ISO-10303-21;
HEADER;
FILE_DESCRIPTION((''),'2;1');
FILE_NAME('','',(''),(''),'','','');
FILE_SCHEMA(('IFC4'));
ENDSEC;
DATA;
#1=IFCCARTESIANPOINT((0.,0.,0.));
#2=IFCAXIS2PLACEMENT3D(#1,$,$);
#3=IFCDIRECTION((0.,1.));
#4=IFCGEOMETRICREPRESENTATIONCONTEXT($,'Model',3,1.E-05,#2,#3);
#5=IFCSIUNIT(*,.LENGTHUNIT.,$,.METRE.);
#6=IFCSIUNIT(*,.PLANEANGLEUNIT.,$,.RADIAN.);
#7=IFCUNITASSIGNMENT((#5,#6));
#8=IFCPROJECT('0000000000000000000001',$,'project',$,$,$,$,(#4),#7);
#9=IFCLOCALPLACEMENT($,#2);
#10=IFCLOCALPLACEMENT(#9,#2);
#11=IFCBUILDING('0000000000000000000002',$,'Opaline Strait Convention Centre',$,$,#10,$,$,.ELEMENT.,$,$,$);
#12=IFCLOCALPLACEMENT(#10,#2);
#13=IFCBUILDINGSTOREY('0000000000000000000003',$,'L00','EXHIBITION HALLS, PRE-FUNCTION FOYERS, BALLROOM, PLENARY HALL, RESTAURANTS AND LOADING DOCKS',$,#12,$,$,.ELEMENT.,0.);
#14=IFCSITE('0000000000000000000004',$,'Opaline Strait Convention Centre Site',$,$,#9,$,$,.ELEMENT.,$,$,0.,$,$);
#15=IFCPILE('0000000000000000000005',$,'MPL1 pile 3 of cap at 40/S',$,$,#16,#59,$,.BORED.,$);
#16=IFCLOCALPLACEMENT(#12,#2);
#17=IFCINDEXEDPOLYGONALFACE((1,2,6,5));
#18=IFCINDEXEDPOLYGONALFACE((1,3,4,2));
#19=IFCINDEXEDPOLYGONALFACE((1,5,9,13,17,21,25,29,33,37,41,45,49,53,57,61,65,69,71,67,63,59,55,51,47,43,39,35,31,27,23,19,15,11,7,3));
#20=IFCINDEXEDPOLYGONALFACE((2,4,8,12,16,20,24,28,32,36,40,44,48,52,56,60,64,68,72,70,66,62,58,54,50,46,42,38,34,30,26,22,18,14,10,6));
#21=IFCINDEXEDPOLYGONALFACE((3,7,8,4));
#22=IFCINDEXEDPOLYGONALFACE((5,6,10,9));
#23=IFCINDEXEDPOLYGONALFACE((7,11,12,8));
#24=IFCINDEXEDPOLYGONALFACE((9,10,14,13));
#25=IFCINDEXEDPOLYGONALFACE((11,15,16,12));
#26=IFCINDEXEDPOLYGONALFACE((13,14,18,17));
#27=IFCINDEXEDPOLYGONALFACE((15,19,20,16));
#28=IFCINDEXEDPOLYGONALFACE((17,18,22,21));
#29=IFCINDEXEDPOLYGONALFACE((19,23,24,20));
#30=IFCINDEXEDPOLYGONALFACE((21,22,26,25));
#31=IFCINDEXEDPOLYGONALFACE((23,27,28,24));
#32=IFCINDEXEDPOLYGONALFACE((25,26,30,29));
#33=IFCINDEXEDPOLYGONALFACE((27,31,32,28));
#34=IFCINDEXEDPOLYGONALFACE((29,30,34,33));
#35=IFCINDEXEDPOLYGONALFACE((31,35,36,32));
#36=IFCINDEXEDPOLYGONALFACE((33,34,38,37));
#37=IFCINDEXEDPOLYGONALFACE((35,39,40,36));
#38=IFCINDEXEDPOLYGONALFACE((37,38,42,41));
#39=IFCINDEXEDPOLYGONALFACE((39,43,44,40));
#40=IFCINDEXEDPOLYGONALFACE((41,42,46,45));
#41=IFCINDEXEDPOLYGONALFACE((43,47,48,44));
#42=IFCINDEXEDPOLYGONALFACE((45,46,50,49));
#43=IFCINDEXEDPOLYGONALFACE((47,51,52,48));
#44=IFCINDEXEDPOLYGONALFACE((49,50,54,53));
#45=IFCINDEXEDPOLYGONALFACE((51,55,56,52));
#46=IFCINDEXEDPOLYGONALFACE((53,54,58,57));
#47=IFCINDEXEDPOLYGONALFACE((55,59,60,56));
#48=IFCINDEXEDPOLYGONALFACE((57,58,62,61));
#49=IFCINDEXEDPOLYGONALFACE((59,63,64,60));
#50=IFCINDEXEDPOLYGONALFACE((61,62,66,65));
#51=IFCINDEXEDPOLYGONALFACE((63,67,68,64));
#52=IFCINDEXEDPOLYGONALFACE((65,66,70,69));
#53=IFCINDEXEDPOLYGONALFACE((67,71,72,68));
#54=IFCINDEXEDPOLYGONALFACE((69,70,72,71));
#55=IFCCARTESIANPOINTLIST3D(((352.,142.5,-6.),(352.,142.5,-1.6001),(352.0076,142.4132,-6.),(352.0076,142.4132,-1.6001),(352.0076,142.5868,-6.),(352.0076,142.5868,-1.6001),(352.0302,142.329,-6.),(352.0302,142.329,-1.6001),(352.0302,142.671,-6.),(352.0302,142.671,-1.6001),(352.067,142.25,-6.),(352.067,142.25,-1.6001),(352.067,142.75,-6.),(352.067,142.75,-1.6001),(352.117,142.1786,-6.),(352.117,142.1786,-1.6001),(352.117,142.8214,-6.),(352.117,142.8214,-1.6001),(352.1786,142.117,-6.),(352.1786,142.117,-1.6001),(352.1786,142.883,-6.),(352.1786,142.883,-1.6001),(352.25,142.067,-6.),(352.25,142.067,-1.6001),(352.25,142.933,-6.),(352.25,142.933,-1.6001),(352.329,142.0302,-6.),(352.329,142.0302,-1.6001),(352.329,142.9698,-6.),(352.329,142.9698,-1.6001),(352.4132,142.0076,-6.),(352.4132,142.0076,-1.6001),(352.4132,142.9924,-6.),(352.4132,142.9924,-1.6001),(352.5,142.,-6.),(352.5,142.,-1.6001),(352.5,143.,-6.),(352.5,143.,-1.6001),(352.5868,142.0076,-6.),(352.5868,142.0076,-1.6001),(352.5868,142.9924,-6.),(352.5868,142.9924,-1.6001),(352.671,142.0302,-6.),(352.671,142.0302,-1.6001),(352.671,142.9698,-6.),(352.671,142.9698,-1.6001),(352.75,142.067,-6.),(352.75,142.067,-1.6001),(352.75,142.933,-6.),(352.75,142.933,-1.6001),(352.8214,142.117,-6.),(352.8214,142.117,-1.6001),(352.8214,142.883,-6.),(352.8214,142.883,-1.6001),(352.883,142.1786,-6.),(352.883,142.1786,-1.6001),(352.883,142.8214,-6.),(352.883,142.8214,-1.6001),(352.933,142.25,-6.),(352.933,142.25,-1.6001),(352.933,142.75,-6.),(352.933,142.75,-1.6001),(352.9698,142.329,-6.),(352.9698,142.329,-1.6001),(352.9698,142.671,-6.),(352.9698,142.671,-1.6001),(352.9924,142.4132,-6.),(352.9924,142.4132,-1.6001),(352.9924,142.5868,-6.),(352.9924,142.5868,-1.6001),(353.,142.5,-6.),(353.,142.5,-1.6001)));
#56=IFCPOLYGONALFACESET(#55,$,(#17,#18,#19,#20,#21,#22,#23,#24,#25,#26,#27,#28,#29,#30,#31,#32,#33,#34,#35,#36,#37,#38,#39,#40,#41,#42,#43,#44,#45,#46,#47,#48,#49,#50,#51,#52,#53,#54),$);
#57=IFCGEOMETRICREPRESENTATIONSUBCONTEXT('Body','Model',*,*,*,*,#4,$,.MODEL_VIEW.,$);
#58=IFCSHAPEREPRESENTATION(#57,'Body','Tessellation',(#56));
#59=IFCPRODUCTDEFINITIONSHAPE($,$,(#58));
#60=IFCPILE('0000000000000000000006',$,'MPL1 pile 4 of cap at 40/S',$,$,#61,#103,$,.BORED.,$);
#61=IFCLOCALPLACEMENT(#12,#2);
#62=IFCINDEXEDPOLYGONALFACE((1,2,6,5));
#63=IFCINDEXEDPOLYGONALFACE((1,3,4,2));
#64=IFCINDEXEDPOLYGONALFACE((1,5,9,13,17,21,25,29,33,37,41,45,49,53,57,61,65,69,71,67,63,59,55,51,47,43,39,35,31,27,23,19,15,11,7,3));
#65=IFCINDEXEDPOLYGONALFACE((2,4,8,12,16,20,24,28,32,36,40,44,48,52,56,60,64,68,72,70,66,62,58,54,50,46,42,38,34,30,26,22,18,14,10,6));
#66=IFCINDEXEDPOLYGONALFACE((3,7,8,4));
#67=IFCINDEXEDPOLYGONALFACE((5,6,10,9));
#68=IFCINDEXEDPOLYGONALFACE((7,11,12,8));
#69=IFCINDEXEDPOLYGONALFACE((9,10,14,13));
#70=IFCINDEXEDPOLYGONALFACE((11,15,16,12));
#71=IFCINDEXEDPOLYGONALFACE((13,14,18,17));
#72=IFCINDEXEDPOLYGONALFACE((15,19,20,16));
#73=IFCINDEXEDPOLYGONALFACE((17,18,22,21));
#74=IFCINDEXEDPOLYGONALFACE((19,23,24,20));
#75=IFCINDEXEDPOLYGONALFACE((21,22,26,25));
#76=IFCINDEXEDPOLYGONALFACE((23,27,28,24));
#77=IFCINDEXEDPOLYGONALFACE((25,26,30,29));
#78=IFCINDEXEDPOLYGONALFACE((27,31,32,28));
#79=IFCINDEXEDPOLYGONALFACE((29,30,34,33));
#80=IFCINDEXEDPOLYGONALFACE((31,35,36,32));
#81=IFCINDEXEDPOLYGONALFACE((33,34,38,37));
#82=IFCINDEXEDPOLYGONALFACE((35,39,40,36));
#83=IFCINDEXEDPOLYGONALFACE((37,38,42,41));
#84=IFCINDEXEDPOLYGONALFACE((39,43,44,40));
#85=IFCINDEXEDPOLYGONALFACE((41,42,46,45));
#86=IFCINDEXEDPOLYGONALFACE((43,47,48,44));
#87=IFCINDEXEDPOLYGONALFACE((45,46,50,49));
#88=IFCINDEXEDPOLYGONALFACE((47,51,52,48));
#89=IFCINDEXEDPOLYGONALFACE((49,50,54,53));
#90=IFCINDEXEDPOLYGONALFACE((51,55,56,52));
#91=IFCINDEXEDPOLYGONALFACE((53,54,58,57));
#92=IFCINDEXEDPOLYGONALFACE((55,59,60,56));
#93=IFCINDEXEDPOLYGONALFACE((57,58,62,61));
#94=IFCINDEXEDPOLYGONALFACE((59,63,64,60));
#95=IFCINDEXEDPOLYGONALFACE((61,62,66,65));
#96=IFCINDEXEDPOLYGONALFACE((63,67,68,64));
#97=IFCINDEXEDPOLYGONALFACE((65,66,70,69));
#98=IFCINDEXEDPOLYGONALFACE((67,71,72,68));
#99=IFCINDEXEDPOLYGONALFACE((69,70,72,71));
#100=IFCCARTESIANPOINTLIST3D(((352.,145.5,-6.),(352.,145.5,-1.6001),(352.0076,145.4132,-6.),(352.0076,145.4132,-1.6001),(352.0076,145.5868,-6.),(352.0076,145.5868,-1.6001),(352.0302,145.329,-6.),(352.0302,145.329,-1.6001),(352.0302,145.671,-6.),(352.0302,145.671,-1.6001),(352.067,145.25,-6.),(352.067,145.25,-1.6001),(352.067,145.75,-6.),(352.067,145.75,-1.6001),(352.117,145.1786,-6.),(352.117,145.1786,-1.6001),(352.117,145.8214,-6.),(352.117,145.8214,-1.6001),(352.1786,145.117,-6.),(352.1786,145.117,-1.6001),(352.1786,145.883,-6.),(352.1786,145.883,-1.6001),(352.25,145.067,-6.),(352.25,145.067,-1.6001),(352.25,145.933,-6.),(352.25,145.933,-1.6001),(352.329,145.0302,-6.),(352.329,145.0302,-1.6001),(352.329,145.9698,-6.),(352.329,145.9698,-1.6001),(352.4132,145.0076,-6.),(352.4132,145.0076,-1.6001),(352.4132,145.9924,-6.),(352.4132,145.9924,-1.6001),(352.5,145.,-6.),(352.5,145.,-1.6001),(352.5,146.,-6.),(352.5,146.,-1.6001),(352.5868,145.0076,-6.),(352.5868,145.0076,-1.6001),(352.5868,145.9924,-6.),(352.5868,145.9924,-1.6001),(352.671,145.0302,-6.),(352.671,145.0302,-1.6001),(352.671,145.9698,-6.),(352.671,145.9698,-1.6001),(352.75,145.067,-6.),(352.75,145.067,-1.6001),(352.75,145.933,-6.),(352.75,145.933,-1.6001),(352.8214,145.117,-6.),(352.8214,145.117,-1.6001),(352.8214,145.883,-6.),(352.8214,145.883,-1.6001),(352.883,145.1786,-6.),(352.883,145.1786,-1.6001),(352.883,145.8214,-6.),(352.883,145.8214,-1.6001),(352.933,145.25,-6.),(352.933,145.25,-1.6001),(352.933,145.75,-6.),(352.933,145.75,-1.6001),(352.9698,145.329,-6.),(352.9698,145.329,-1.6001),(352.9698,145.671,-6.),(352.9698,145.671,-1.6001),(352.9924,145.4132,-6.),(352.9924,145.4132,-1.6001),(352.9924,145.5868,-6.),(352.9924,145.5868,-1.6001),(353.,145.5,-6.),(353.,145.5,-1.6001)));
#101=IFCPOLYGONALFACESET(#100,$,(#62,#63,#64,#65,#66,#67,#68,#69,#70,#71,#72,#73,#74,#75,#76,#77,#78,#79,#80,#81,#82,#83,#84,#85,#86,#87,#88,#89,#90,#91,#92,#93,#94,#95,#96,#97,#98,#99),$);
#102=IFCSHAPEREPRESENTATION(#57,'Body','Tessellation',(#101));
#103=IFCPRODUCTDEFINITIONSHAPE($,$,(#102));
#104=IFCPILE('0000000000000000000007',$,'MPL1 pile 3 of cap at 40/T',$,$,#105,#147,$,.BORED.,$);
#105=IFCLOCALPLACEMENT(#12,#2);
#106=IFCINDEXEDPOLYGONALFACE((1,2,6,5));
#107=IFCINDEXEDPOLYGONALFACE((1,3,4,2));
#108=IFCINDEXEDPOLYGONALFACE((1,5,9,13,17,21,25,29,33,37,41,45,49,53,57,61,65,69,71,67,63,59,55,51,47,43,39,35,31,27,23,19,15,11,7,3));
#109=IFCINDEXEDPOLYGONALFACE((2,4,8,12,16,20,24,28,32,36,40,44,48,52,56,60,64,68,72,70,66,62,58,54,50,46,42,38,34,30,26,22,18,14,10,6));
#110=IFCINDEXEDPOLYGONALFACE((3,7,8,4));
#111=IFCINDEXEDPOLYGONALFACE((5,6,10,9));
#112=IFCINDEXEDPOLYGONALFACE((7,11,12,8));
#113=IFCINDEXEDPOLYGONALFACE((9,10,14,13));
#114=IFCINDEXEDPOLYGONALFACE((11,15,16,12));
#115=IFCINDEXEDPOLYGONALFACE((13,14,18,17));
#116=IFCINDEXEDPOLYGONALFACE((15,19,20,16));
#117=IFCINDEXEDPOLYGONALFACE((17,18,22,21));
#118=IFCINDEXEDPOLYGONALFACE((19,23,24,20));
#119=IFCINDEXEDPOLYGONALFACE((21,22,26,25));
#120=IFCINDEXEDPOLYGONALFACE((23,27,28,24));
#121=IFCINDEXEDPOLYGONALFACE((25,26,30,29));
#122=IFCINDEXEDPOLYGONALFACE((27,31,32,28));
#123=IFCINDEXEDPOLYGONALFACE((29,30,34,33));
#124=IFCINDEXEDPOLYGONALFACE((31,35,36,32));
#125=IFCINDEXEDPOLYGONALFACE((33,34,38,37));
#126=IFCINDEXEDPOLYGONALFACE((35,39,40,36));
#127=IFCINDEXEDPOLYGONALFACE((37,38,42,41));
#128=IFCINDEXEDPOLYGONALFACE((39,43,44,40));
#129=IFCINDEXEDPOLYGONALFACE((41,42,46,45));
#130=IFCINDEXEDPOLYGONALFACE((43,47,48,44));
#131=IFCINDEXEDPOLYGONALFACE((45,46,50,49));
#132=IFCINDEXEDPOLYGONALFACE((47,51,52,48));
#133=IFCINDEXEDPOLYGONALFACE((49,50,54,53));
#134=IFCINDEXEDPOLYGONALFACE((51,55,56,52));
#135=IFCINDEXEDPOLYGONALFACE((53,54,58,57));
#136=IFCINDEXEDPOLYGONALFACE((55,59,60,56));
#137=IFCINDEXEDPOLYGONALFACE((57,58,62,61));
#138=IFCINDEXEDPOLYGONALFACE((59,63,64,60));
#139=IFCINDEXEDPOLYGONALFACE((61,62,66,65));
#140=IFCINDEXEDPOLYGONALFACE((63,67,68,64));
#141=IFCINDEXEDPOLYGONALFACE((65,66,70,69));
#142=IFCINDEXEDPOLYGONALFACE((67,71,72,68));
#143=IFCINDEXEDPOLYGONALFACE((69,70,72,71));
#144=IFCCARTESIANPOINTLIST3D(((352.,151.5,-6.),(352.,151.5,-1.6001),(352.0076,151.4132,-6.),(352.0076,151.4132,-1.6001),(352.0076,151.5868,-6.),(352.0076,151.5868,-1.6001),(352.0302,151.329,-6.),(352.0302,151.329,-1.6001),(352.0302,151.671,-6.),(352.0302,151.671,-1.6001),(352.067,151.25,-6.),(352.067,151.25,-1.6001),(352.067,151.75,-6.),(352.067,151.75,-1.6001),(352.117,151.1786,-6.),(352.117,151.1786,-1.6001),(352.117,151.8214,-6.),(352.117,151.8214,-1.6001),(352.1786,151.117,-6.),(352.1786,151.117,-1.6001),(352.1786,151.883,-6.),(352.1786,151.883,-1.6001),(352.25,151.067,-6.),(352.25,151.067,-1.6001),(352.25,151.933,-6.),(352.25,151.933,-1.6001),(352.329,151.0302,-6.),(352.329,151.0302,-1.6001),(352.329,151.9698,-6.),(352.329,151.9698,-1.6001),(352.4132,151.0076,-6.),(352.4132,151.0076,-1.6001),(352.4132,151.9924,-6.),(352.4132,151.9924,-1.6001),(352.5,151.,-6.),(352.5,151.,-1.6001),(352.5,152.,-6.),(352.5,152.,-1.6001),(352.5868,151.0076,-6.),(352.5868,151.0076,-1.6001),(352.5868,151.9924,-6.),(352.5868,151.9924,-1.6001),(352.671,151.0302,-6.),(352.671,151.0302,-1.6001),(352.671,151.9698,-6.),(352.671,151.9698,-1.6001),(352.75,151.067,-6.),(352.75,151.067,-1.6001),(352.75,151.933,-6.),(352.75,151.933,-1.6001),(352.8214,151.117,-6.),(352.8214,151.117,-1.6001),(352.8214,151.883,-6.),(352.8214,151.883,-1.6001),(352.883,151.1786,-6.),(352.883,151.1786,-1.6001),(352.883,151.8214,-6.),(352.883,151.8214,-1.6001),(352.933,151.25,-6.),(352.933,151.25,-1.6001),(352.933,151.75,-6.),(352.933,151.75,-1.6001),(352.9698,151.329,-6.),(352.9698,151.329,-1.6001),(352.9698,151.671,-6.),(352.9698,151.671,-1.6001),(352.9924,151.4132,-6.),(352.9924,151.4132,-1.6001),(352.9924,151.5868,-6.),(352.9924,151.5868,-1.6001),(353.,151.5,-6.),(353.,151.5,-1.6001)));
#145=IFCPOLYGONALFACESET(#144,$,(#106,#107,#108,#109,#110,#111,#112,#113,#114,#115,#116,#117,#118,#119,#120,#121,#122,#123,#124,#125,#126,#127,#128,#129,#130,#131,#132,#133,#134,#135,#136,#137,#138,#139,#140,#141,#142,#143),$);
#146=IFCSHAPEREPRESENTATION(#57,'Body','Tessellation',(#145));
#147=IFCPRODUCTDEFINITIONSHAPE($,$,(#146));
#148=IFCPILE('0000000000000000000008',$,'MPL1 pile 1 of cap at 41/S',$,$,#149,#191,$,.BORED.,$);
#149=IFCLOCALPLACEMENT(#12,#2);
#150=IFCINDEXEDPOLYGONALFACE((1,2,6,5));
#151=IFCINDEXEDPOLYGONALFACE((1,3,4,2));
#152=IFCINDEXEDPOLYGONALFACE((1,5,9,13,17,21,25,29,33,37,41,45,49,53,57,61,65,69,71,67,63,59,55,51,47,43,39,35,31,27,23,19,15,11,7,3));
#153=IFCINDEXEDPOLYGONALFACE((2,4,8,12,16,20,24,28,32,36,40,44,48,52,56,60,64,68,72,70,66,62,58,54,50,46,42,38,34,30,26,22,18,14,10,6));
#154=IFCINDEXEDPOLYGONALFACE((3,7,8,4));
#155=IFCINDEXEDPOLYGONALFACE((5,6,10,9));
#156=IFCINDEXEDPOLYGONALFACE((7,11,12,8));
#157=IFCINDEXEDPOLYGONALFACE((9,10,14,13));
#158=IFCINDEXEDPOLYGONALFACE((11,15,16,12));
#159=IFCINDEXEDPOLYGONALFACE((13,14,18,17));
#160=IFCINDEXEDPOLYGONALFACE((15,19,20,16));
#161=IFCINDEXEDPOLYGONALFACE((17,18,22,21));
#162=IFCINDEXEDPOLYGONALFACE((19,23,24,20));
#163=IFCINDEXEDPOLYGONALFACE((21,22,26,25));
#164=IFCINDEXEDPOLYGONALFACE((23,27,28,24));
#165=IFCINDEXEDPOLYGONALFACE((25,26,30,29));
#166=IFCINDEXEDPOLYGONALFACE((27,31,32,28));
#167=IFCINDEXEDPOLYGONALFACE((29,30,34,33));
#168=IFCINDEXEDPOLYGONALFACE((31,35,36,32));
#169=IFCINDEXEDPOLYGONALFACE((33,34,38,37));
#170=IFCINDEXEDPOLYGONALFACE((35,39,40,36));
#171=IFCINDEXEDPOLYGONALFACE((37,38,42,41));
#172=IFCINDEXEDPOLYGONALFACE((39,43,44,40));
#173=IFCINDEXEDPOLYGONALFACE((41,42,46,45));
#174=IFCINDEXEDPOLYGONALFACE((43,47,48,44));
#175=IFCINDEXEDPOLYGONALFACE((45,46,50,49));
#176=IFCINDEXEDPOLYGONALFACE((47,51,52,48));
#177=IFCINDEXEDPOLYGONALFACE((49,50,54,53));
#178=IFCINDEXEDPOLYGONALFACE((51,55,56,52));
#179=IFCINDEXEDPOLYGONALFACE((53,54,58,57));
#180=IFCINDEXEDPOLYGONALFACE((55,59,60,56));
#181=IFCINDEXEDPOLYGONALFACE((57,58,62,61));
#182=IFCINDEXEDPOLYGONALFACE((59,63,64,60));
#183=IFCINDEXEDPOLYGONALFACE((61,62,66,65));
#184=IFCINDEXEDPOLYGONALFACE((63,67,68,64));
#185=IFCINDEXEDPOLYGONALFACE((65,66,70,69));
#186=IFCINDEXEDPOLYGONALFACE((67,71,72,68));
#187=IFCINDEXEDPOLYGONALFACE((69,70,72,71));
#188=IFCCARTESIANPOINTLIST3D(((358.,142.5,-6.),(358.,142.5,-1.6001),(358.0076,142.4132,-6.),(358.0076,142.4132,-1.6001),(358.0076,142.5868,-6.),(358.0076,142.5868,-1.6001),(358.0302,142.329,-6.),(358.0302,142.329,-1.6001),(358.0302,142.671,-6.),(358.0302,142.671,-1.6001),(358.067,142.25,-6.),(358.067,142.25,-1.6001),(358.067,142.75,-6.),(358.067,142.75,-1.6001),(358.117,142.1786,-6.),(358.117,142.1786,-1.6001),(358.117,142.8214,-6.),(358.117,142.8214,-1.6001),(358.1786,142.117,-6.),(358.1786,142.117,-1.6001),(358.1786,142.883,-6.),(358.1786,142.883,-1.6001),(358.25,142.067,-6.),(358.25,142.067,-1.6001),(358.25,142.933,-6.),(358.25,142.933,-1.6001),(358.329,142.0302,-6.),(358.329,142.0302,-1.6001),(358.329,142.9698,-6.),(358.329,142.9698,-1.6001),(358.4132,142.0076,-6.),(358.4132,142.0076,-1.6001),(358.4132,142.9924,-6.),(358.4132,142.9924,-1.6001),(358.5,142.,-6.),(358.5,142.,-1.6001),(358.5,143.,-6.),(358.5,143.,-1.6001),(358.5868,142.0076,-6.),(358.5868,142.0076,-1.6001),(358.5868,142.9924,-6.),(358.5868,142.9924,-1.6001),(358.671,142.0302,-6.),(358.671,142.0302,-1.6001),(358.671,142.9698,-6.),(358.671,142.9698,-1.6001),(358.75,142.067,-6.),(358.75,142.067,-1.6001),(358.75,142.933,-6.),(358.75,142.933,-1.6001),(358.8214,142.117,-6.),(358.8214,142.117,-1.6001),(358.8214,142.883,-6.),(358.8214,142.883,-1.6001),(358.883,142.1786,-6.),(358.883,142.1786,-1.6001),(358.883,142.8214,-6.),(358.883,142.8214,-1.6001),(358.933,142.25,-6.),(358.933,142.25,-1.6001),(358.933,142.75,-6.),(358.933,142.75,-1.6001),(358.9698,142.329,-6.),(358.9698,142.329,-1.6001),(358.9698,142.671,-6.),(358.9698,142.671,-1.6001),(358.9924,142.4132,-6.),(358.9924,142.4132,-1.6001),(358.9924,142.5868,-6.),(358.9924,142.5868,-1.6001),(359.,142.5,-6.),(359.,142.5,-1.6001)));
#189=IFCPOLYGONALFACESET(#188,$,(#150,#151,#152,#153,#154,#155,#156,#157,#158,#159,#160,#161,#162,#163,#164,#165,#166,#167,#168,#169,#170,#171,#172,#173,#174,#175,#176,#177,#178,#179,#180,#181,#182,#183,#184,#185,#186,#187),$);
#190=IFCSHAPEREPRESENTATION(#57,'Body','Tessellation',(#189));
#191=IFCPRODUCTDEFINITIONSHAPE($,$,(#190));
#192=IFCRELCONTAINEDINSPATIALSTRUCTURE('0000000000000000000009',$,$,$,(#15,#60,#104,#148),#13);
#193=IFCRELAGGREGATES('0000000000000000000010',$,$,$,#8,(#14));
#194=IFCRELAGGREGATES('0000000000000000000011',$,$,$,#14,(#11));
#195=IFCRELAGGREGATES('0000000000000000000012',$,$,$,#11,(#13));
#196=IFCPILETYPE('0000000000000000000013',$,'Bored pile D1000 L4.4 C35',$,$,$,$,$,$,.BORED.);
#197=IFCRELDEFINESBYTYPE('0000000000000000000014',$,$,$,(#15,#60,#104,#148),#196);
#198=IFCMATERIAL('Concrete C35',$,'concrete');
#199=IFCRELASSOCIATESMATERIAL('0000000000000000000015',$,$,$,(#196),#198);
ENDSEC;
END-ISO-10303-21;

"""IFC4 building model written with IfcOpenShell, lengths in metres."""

from ifc_helpers import new_model, si_unit, direction, frame, origin, origin_2d, place, context, subcontext, project, spatial, circle, extrude, material, material_profile, profile_set, type_object, element, save


model = new_model("IFC4")

# Units and contexts
model_context = context("Model", 3, precision=1e-05, world=origin(), true_north=direction((0.0, 1.0)))
body_context = subcontext(model_context, "Body", "Model", "MODEL_VIEW")
ifc_project = project(units=[si_unit("LENGTHUNIT", "METRE"), si_unit("PLANEANGLEUNIT", "RADIAN")], contexts=[model_context])

# Site, building, storey
site_placement = place(None, origin())
site = spatial("IfcSite", under=ifc_project, at=site_placement, Name="Opaline Strait Convention Centre Site", CompositionType="ELEMENT", RefElevation=0.0)
building_placement = place(site_placement, origin())
building = spatial("IfcBuilding", under=site, at=building_placement, Name="Opaline Strait Convention Centre", CompositionType="ELEMENT")
storey_placement = place(building_placement, origin())
storey = spatial("IfcBuildingStorey", under=building, at=storey_placement, Name="L00", Description="EXHIBITION HALLS, PRE-FUNCTION FOYERS, BALLROOM, PLENARY HALL, RESTAURANTS AND LOADING DOCKS", CompositionType="ELEMENT", Elevation=0.0)

# Piles
ifc_material_1 = material(Name="Concrete C35", Category="concrete")
ifc_material_profile_1 = material_profile(ifc_material_1, circle(Radius=0.5, at=origin_2d()), Name="D1000")
ifc_profile_set_1 = profile_set([ifc_material_profile_1], Name="Concrete C35")
pile_type = type_object("IfcPileType", Name="Bored pile D1000 L4.4 C35", PredefinedType="BORED", material=ifc_profile_set_1)
for number, where, z_axis, x_axis, name in (
    (1, (352.5, 142.5, -1.6001), (0.0, 0.0, -1.0), (1.0, 0.0, 0.0), "MPL1 pile 3 of cap at 40/S"),
    (2, (352.5, 145.5, -1.6001), (0.0, 0.0, -1.0), (1.0, 0.0, 0.0), "MPL1 pile 4 of cap at 40/S"),
    (3, (352.5, 151.5, -1.6001), (0.0, 0.0, -1.0), (1.0, 0.0, 0.0), "MPL1 pile 3 of cap at 40/T"),
    (4, (358.5, 142.5, -1.6001), (0.0, 0.0, -1.0), (1.0, 0.0, 0.0), "MPL1 pile 1 of cap at 41/S"),
):
    element("IfcPile", number, at=place(storey_placement, frame(where, z_axis=z_axis, x_axis=x_axis)), inside=storey, type_object=pile_type, Name=name, PredefinedType="BORED", context=body_context, shape_type="SweptSolid", body=[
        extrude(circle(Radius=0.5, at=origin_2d()), origin(), (0.0, 0.0, 1.0), 4.3999),
    ])

save(model, "model.ifc")
